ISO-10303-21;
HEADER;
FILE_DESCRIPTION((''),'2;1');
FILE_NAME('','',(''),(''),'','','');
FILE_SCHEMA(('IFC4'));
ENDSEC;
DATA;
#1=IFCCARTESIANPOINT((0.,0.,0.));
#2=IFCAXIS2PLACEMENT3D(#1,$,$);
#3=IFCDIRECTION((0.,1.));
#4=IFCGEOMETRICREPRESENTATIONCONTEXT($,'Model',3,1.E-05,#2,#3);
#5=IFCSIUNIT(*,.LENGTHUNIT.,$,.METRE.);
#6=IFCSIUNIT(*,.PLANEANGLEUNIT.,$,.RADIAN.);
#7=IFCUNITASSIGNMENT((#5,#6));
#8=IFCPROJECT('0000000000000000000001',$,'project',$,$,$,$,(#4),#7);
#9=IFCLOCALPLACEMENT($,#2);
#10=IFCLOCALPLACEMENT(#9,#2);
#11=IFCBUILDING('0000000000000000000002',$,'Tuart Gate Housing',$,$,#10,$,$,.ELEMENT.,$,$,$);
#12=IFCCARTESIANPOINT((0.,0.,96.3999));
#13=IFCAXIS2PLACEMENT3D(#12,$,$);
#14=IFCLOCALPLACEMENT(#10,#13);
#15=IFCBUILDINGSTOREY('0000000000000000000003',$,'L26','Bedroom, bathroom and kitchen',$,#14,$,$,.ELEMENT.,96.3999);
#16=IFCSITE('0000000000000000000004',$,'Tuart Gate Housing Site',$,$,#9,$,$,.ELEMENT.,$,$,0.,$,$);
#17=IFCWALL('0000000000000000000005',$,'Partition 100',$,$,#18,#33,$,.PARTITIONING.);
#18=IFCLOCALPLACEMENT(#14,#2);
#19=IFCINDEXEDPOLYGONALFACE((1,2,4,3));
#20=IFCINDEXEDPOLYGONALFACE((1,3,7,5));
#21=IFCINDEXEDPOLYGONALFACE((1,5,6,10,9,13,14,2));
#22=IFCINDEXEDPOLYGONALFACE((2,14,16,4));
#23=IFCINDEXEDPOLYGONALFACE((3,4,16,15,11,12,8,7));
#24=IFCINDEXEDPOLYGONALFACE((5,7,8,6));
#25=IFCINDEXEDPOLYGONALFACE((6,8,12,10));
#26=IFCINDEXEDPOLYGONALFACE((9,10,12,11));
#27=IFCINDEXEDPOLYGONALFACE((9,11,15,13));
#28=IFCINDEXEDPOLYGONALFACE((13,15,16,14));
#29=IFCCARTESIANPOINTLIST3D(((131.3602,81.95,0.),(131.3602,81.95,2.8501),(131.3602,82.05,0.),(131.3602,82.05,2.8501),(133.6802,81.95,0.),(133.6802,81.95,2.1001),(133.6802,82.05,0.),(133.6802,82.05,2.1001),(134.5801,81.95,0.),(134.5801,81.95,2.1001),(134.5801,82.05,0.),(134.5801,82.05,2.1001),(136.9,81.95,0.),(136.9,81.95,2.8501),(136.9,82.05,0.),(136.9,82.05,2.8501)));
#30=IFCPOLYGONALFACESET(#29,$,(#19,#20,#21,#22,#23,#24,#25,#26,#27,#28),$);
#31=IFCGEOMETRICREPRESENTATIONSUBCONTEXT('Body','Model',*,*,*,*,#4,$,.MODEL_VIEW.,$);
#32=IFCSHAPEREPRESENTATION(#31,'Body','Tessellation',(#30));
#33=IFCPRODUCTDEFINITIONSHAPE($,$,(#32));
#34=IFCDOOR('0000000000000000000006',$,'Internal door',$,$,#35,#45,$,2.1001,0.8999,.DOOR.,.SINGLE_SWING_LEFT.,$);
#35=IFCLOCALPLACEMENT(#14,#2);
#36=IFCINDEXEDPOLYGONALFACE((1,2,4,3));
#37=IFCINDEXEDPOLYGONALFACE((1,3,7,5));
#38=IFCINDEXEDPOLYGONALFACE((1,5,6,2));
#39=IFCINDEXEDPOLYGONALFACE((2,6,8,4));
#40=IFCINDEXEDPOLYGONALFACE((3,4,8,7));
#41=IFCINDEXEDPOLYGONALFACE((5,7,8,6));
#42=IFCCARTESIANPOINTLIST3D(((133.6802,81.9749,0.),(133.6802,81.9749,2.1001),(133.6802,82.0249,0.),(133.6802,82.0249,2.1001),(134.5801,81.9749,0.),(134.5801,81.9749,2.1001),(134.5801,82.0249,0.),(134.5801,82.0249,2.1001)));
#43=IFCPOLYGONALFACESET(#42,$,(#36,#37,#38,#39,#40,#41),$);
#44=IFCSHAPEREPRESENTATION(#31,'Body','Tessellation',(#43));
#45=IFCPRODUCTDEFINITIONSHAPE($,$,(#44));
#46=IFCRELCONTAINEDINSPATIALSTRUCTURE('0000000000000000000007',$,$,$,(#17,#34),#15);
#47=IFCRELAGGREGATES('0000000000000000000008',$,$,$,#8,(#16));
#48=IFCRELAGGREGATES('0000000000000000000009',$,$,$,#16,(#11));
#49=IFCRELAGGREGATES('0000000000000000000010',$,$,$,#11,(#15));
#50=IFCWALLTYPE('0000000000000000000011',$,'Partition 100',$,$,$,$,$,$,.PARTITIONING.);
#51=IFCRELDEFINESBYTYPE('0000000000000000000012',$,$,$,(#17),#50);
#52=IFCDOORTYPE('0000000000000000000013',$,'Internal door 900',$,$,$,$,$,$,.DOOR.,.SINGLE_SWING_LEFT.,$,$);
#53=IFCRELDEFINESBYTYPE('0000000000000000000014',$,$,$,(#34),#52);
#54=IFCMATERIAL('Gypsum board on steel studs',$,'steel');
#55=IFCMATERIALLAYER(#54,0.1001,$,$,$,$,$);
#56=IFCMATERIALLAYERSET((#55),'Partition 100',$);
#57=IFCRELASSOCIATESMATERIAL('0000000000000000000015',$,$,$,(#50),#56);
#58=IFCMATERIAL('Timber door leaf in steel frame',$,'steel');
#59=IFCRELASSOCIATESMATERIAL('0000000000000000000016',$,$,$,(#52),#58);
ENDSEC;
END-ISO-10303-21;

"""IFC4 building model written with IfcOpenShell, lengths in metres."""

from ifc_helpers import new_model, si_unit, direction, frame, frame_2d, origin, place, context, subcontext, project, spatial, rectangle, extrude, material, layer, layer_set, type_object, element, fill, save


model = new_model("IFC4")

# Units and contexts
model_context = context("Model", 3, precision=1e-05, world=origin(), true_north=direction((0.0, 1.0)))
body_context = subcontext(model_context, "Body", "Model", "MODEL_VIEW")
ifc_project = project(units=[si_unit("LENGTHUNIT", "METRE"), si_unit("PLANEANGLEUNIT", "RADIAN")], contexts=[model_context])

# Site, building, storey
site_placement = place(None, origin())
site = spatial("IfcSite", under=ifc_project, at=site_placement, Name="Tuart Gate Housing Site", CompositionType="ELEMENT", RefElevation=0.0)
building_placement = place(site_placement, origin())
building = spatial("IfcBuilding", under=site, at=building_placement, Name="Tuart Gate Housing", CompositionType="ELEMENT")
storey_placement = place(building_placement, frame((0.0, 0.0, 96.3999)))
storey = spatial("IfcBuildingStorey", under=building, at=storey_placement, Name="L26", Description="Bedroom, bathroom and kitchen", CompositionType="ELEMENT", Elevation=96.3999)

# Shared definitions
ifc_material_1 = material(Name="Gypsum board on steel studs", Category="steel")
ifc_layer_1 = layer(ifc_material_1, 0.1001)
ifc_layer_set_1 = layer_set([ifc_layer_1], Name="Partition 100")
wall_type_1 = type_object("IfcWallType", Name="Partition 100", PredefinedType="PARTITIONING", material=ifc_layer_set_1)

# Wall, opening, door
wall_1_placement = place(storey_placement, frame((131.3601, 82.0, 0.0), z_axis=(0.0, 0.0, 1.0), x_axis=(1.0, 0.0, 0.0)))
wall_1 = element("IfcWall", 1, at=wall_1_placement, inside=storey, type_object=wall_type_1, Name="Partition 100", PredefinedType="PARTITIONING", context=body_context, shape_type="SweptSolid", body=[
    extrude(rectangle(XDim=5.5398, YDim=0.1001, at=frame_2d((2.77, 0.0))), origin(), (0.0, 0.0, 1.0), 2.8501),
])
opening_1_placement = place(wall_1_placement, frame((2.3201, 0.0, 0.0)))
opening_1 = element("IfcOpeningElement", 2, at=opening_1_placement, cuts=wall_1, PredefinedType="OPENING", context=body_context, shape_type="SweptSolid", body=[
    extrude(rectangle(XDim=0.8999, YDim=2.1001, at=frame_2d((0.45, 1.05))), frame((0.0, 0.0601, 0.0), z_axis=(0.0, -1.0, 0.0), x_axis=(1.0, 0.0, 0.0)), (0.0, 0.0, 1.0), 0.1201),
])
ifc_material_2 = material(Name="Timber door leaf in steel frame", Category="steel")
door_type = type_object("IfcDoorType", Name="Internal door 900", OperationType="SINGLE_SWING_LEFT", PredefinedType="DOOR", material=ifc_material_2)
door_placement = place(opening_1_placement, origin())
door = element("IfcDoor", 3, at=door_placement, inside=storey, type_object=door_type, Name="Internal door", OperationType="SINGLE_SWING_LEFT", OverallHeight=2.1001, OverallWidth=0.8999, PredefinedType="DOOR", context=body_context, shape_type="SweptSolid", body=[
    extrude(rectangle(XDim=0.8999, YDim=2.1001, at=frame_2d((0.45, 1.05))), frame((0.0, 0.0249, 0.0), z_axis=(0.0, -1.0, 0.0), x_axis=(1.0, 0.0, 0.0)), (0.0, 0.0, 1.0), 0.05),
])
fill(opening_1, door)

save(model, "model.ifc")
